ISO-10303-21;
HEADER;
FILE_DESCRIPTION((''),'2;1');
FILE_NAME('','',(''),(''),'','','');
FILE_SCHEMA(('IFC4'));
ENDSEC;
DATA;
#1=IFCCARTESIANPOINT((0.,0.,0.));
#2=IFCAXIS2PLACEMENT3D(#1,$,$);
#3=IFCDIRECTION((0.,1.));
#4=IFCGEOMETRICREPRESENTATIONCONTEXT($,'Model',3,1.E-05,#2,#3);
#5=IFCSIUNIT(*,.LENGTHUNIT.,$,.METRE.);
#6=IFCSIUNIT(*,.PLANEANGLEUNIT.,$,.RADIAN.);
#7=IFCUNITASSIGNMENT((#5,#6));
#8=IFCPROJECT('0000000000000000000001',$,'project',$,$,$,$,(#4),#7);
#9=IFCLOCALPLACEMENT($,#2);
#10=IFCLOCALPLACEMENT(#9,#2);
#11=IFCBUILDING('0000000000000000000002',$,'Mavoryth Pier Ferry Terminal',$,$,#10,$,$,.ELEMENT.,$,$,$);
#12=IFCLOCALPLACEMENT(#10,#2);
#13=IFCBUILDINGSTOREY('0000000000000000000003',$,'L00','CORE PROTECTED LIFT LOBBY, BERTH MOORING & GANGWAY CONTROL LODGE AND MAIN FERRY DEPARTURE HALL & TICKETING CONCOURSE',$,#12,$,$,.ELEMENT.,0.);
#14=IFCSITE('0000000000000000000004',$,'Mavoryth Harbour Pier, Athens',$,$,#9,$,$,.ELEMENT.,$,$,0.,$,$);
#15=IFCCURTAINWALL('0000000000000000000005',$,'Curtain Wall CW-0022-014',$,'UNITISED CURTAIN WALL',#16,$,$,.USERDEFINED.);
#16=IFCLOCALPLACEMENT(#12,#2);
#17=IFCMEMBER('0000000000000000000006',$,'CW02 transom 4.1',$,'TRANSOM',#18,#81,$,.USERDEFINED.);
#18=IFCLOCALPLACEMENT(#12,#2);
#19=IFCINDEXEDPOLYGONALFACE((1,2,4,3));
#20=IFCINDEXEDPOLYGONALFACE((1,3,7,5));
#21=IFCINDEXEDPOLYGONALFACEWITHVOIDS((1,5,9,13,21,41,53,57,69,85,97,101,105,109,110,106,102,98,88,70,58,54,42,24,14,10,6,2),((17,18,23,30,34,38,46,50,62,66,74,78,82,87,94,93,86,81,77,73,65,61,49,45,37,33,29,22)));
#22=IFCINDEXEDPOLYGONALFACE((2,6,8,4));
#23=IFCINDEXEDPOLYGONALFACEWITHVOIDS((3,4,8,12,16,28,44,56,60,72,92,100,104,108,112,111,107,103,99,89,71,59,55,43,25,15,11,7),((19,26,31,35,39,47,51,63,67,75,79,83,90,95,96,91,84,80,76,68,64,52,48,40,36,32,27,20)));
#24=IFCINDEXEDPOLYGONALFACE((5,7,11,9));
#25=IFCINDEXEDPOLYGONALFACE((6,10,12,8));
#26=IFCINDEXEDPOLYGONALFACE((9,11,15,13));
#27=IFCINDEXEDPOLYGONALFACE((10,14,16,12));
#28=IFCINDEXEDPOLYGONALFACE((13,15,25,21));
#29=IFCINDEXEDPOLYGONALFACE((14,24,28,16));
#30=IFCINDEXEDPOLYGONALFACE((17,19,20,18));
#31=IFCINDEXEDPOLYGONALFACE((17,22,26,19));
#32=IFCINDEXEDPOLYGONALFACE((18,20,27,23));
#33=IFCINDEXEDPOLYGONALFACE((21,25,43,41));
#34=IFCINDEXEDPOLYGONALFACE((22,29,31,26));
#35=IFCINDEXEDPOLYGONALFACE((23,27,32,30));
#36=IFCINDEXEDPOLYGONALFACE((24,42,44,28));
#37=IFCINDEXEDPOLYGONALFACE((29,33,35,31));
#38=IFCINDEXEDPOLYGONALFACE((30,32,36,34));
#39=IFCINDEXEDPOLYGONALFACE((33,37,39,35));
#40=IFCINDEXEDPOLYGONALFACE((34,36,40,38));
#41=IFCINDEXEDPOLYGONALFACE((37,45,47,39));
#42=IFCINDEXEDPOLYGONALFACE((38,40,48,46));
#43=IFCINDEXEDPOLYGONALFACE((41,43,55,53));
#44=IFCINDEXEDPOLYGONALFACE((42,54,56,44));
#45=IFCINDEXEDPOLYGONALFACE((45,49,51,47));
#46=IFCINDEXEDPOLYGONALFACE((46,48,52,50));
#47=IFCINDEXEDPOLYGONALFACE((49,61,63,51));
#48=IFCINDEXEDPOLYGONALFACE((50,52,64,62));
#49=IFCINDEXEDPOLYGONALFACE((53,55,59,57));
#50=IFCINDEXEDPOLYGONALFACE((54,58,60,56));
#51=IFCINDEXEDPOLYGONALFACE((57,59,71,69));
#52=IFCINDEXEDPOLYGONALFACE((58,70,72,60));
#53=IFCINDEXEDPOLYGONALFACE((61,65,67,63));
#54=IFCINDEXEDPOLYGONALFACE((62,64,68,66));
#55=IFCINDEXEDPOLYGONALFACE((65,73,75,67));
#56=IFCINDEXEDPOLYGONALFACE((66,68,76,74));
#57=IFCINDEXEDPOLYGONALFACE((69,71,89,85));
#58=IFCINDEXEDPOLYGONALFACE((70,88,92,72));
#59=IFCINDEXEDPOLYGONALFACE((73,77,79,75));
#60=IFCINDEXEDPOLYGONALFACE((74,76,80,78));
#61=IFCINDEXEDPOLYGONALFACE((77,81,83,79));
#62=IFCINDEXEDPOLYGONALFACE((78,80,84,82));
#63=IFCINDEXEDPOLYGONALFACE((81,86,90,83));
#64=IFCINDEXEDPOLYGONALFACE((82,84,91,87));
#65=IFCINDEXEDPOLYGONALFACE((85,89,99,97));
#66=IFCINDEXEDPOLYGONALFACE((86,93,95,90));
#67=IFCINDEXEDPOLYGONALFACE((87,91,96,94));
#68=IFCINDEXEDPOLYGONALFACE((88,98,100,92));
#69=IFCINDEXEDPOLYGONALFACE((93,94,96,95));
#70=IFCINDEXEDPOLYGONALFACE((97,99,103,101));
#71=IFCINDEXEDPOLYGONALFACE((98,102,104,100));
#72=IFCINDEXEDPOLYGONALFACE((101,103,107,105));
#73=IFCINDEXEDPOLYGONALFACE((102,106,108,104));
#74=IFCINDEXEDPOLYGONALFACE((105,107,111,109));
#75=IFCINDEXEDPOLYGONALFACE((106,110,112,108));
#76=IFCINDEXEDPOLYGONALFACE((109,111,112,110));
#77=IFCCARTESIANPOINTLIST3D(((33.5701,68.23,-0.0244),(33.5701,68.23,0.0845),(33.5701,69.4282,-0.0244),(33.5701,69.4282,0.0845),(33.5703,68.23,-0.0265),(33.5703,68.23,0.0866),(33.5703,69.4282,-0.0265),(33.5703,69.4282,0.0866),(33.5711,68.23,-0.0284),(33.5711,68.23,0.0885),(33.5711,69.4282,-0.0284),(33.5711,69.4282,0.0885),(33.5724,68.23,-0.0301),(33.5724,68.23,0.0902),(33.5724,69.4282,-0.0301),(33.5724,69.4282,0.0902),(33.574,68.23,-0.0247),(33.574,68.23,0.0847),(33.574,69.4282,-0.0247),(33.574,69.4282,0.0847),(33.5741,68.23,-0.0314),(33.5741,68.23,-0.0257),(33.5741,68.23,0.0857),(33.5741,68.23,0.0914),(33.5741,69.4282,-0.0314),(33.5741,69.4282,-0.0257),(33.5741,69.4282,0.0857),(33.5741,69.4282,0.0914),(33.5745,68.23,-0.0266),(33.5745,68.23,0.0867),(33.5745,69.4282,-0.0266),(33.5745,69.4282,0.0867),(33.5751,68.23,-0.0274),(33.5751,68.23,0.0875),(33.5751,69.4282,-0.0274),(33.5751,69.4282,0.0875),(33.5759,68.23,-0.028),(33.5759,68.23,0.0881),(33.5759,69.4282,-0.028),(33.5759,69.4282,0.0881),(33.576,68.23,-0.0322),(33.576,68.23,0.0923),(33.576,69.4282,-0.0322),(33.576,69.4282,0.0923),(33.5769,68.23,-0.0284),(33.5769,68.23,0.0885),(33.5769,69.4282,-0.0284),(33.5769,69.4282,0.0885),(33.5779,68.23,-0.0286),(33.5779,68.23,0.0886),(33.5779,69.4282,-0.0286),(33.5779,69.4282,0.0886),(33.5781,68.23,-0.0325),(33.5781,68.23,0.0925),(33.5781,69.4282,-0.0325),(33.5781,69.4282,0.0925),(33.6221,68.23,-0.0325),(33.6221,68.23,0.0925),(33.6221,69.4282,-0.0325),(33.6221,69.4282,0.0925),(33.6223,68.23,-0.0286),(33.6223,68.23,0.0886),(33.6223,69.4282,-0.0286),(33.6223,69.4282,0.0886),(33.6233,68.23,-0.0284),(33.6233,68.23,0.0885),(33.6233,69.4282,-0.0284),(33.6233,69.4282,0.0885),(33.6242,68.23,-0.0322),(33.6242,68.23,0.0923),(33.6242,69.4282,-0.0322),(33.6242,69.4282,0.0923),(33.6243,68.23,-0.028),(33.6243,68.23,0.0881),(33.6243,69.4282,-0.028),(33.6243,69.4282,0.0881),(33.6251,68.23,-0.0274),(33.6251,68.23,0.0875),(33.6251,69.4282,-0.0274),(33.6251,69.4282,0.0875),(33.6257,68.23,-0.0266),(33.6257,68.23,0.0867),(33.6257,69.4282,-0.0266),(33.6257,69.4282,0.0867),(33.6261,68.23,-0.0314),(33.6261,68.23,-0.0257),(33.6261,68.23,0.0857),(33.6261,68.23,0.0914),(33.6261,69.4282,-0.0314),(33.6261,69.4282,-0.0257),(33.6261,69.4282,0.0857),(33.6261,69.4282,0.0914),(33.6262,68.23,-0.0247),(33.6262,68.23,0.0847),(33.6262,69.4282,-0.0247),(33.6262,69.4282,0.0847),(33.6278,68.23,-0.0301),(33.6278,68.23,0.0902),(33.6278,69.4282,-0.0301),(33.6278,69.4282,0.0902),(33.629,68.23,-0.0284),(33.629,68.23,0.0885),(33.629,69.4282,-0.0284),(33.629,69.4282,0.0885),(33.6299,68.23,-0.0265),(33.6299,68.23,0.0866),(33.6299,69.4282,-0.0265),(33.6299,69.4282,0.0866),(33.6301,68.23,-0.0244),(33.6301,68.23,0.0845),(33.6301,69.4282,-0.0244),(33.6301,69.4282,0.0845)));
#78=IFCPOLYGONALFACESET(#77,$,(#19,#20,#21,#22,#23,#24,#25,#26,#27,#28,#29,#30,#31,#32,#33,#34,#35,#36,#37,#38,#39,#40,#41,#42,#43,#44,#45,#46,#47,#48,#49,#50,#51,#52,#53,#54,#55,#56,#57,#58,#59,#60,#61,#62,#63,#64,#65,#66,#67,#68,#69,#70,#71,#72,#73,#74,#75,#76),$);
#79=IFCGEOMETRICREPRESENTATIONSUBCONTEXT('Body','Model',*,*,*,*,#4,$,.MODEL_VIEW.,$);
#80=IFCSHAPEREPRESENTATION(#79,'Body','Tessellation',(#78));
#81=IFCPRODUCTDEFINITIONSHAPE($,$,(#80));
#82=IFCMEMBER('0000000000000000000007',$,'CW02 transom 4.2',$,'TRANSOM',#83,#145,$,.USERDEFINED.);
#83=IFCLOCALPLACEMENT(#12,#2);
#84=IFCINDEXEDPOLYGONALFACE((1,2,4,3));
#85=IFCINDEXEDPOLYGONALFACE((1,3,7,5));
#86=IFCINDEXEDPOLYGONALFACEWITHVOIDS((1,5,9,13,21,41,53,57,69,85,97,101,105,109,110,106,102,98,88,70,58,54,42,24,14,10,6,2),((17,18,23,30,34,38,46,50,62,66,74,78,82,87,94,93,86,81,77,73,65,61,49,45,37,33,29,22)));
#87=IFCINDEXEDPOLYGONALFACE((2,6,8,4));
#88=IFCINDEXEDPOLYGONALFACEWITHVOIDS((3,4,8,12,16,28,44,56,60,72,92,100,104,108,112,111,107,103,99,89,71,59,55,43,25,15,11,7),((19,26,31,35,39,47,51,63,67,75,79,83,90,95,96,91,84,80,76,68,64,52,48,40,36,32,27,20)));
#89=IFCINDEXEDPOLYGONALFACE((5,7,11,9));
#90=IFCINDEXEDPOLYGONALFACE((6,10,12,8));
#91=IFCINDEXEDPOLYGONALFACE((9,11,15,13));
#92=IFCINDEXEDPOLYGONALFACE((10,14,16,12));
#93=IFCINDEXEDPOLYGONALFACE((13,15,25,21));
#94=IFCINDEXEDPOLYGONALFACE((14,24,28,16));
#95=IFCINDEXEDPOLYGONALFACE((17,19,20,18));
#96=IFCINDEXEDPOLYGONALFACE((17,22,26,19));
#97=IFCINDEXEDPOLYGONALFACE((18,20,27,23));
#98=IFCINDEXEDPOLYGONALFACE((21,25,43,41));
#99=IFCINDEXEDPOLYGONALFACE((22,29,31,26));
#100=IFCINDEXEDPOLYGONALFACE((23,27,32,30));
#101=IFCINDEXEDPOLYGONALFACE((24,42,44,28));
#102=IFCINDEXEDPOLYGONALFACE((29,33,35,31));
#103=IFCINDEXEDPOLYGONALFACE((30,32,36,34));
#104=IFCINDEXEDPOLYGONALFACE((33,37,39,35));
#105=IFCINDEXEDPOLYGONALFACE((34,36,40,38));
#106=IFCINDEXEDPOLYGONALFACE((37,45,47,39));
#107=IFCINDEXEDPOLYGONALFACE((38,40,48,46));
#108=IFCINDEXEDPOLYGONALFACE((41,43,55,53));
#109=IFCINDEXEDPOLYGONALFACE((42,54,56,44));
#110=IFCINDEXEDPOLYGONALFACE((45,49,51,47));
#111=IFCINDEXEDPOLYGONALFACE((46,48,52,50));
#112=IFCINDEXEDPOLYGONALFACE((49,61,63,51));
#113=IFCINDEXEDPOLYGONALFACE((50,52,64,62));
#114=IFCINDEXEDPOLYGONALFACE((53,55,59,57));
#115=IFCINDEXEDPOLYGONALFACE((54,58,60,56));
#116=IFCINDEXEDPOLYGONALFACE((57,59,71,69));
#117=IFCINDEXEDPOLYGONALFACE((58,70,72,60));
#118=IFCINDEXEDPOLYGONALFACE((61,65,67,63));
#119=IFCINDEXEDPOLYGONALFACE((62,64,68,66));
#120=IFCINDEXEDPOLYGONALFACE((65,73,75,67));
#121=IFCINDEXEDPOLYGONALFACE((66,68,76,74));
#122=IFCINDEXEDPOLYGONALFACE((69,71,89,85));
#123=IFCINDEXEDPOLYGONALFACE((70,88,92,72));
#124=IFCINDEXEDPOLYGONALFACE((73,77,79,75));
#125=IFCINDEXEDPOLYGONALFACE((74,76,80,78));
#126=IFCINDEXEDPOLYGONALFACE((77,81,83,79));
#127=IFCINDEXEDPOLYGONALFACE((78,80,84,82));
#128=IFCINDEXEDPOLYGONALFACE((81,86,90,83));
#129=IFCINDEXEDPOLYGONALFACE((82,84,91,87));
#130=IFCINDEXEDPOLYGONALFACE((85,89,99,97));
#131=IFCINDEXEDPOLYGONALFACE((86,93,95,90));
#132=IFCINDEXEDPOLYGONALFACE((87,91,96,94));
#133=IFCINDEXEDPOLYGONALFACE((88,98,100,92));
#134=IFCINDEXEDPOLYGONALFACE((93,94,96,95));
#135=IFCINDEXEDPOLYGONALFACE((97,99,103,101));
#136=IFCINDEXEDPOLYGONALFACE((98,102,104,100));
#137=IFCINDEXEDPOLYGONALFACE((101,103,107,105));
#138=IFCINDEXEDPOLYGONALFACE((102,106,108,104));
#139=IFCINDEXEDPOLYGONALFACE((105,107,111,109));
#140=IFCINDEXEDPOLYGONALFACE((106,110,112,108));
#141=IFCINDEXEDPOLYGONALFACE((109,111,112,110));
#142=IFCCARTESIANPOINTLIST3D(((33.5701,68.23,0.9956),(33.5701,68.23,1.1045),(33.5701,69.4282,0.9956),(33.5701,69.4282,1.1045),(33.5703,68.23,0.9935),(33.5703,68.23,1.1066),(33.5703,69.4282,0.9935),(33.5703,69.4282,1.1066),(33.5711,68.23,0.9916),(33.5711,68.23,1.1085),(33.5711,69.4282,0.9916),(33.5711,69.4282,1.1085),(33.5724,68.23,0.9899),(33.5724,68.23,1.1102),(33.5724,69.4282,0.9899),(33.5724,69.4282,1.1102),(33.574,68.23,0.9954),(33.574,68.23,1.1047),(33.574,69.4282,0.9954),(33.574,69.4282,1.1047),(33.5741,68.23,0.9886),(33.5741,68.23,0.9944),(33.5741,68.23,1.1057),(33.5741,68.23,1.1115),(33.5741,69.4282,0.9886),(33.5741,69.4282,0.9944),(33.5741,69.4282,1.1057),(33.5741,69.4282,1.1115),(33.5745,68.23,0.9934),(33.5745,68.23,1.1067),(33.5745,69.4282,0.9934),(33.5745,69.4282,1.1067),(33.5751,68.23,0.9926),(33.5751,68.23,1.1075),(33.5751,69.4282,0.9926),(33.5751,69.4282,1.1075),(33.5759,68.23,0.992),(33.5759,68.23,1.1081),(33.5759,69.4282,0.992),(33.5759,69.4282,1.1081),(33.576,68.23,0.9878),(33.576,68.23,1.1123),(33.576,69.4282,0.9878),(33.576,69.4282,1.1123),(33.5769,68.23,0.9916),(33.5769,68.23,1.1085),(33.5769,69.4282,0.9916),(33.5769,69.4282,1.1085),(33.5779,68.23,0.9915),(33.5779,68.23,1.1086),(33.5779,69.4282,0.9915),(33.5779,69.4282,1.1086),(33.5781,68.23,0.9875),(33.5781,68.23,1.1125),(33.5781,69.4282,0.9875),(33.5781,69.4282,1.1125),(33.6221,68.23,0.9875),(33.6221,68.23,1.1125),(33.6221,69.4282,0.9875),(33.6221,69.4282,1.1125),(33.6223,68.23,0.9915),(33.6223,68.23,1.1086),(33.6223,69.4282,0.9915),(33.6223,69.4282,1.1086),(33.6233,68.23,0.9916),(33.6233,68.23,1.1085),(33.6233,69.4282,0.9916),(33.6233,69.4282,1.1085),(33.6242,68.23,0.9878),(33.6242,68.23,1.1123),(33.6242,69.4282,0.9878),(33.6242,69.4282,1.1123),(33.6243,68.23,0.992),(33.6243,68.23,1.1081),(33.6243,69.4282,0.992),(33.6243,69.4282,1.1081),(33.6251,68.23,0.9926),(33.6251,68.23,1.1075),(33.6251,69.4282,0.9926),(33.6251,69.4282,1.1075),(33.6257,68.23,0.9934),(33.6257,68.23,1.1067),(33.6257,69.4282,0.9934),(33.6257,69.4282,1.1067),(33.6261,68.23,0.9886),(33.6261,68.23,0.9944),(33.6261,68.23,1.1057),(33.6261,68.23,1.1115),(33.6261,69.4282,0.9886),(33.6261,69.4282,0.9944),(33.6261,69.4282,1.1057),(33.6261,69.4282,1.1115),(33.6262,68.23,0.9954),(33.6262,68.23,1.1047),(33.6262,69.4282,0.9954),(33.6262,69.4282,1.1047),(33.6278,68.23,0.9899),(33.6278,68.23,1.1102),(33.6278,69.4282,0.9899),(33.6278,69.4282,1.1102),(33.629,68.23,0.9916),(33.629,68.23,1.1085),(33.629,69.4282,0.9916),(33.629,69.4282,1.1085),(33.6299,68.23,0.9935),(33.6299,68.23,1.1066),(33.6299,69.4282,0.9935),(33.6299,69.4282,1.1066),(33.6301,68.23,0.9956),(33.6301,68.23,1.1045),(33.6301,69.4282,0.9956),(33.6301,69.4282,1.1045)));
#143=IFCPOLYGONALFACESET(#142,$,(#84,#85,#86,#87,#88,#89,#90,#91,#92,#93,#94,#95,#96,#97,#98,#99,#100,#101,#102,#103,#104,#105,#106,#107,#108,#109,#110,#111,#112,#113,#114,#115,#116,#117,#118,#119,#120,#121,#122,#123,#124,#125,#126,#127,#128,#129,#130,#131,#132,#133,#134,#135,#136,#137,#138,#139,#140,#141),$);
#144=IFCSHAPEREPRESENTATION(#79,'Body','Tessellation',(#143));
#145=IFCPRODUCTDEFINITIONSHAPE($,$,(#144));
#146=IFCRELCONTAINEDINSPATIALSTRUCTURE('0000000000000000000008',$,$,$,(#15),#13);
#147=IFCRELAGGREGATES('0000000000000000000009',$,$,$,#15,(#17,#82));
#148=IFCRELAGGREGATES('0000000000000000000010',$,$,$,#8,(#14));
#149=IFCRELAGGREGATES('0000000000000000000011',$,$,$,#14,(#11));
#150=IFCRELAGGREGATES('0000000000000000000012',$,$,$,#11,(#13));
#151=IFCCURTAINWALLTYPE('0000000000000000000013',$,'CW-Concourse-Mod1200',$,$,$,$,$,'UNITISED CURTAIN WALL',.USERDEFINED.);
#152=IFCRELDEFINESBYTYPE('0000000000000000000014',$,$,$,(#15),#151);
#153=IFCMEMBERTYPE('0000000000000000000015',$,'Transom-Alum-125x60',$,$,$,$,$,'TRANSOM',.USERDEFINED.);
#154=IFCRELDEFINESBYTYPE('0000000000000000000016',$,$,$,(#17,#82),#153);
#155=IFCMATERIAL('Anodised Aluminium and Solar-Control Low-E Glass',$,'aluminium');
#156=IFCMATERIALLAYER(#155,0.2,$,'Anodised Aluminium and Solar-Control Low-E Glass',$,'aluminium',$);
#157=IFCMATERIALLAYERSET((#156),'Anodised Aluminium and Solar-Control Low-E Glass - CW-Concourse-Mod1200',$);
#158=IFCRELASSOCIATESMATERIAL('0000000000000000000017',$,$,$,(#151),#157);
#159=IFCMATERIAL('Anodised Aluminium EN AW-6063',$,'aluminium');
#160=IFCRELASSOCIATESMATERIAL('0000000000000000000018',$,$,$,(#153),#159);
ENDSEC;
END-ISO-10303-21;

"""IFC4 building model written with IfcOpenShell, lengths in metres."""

from ifc_helpers import new_model, si_unit, direction, frame, origin, origin_2d, place, context, subcontext, project, spatial, hollow_rectangle, extrude, material, layer, layer_set, material_profile, profile_set, type_object, element, aggregate, save


model = new_model("IFC4")

# Units and contexts
model_context = context("Model", 3, precision=1e-05, world=origin(), true_north=direction((0.0, 1.0)))
body_context = subcontext(model_context, "Body", "Model", "MODEL_VIEW")
ifc_project = project(units=[si_unit("LENGTHUNIT", "METRE"), si_unit("PLANEANGLEUNIT", "RADIAN")], contexts=[model_context])

# Site, building, storey
site_placement = place(None, origin())
site = spatial("IfcSite", under=ifc_project, at=site_placement, Name="Mavoryth Harbour Pier, Athens", CompositionType="ELEMENT", RefElevation=0.0)
building_placement = place(site_placement, origin())
building = spatial("IfcBuilding", under=site, at=building_placement, Name="Mavoryth Pier Ferry Terminal", CompositionType="ELEMENT")
storey_placement = place(building_placement, origin())
storey = spatial("IfcBuildingStorey", under=building, at=storey_placement, Name="L00", Description="CORE PROTECTED LIFT LOBBY, BERTH MOORING & GANGWAY CONTROL LODGE AND MAIN FERRY DEPARTURE HALL & TICKETING CONCOURSE", CompositionType="ELEMENT", Elevation=0.0)

# Curtain wall, members
ifc_material_1 = material(Name="Anodised Aluminium and Solar-Control Low-E Glass", Category="aluminium")
ifc_layer_1 = layer(ifc_material_1, 0.2, Name="Anodised Aluminium and Solar-Control Low-E Glass", Category="aluminium")
ifc_layer_set_1 = layer_set([ifc_layer_1], Name="Anodised Aluminium and Solar-Control Low-E Glass - CW-Concourse-Mod1200")
curtain_wall_type = type_object("IfcCurtainWallType", Name="CW-Concourse-Mod1200", ElementType="UNITISED CURTAIN WALL", PredefinedType="USERDEFINED", material=ifc_layer_set_1)
curtain_wall_placement = place(storey_placement, origin())
curtain_wall = element("IfcCurtainWall", 1, at=curtain_wall_placement, inside=storey, type_object=curtain_wall_type, Name="Curtain Wall CW-0022-014", ObjectType="UNITISED CURTAIN WALL", PredefinedType="USERDEFINED")
ifc_material_2 = material(Name="Anodised Aluminium EN AW-6063", Category="aluminium")
ifc_material_profile_1 = material_profile(ifc_material_2, hollow_rectangle(XDim=0.0601, YDim=0.125, WallThickness=0.0039, InnerFilletRadius=0.0039, OuterFilletRadius=0.0081, at=origin_2d()), Name="AL-TRAN 125x60x4", Category="aluminium")
ifc_profile_set_1 = profile_set([ifc_material_profile_1], Name="Anodised Aluminium EN AW-6063 - AL-TRAN 125x60x4")
member_type_1 = type_object("IfcMemberType", Name="Transom-Alum-125x60", ElementType="TRANSOM", PredefinedType="USERDEFINED", material=ifc_profile_set_1)
member_1_placement = place(storey_placement, frame((33.6001, 68.23, 0.03), z_axis=(0.0, 1.0, 0.0), x_axis=(-1.0, 0.0, 0.0)))
member_1 = element("IfcMember", 2, at=member_1_placement, type_object=member_type_1, Name="CW02 transom 4.1", ObjectType="TRANSOM", PredefinedType="USERDEFINED", context=body_context, shape_type="SweptSolid", body=[
    extrude(hollow_rectangle(XDim=0.0601, YDim=0.125, WallThickness=0.0039, InnerFilletRadius=0.0039, OuterFilletRadius=0.0081, at=origin_2d()), origin(), (0.0, 0.0, 1.0), 1.1982),
])
member_2_placement = place(storey_placement, frame((33.6001, 68.23, 1.05), z_axis=(0.0, 1.0, 0.0), x_axis=(-1.0, 0.0, 0.0)))
member_2 = element("IfcMember", 3, at=member_2_placement, type_object=member_type_1, Name="CW02 transom 4.2", ObjectType="TRANSOM", PredefinedType="USERDEFINED", context=body_context, shape_type="SweptSolid", body=[
    extrude(hollow_rectangle(XDim=0.0601, YDim=0.125, WallThickness=0.0039, InnerFilletRadius=0.0039, OuterFilletRadius=0.0081, at=origin_2d()), origin(), (0.0, 0.0, 1.0), 1.1982),
])
aggregate(curtain_wall, [member_1, member_2])

save(model, "model.ifc")
